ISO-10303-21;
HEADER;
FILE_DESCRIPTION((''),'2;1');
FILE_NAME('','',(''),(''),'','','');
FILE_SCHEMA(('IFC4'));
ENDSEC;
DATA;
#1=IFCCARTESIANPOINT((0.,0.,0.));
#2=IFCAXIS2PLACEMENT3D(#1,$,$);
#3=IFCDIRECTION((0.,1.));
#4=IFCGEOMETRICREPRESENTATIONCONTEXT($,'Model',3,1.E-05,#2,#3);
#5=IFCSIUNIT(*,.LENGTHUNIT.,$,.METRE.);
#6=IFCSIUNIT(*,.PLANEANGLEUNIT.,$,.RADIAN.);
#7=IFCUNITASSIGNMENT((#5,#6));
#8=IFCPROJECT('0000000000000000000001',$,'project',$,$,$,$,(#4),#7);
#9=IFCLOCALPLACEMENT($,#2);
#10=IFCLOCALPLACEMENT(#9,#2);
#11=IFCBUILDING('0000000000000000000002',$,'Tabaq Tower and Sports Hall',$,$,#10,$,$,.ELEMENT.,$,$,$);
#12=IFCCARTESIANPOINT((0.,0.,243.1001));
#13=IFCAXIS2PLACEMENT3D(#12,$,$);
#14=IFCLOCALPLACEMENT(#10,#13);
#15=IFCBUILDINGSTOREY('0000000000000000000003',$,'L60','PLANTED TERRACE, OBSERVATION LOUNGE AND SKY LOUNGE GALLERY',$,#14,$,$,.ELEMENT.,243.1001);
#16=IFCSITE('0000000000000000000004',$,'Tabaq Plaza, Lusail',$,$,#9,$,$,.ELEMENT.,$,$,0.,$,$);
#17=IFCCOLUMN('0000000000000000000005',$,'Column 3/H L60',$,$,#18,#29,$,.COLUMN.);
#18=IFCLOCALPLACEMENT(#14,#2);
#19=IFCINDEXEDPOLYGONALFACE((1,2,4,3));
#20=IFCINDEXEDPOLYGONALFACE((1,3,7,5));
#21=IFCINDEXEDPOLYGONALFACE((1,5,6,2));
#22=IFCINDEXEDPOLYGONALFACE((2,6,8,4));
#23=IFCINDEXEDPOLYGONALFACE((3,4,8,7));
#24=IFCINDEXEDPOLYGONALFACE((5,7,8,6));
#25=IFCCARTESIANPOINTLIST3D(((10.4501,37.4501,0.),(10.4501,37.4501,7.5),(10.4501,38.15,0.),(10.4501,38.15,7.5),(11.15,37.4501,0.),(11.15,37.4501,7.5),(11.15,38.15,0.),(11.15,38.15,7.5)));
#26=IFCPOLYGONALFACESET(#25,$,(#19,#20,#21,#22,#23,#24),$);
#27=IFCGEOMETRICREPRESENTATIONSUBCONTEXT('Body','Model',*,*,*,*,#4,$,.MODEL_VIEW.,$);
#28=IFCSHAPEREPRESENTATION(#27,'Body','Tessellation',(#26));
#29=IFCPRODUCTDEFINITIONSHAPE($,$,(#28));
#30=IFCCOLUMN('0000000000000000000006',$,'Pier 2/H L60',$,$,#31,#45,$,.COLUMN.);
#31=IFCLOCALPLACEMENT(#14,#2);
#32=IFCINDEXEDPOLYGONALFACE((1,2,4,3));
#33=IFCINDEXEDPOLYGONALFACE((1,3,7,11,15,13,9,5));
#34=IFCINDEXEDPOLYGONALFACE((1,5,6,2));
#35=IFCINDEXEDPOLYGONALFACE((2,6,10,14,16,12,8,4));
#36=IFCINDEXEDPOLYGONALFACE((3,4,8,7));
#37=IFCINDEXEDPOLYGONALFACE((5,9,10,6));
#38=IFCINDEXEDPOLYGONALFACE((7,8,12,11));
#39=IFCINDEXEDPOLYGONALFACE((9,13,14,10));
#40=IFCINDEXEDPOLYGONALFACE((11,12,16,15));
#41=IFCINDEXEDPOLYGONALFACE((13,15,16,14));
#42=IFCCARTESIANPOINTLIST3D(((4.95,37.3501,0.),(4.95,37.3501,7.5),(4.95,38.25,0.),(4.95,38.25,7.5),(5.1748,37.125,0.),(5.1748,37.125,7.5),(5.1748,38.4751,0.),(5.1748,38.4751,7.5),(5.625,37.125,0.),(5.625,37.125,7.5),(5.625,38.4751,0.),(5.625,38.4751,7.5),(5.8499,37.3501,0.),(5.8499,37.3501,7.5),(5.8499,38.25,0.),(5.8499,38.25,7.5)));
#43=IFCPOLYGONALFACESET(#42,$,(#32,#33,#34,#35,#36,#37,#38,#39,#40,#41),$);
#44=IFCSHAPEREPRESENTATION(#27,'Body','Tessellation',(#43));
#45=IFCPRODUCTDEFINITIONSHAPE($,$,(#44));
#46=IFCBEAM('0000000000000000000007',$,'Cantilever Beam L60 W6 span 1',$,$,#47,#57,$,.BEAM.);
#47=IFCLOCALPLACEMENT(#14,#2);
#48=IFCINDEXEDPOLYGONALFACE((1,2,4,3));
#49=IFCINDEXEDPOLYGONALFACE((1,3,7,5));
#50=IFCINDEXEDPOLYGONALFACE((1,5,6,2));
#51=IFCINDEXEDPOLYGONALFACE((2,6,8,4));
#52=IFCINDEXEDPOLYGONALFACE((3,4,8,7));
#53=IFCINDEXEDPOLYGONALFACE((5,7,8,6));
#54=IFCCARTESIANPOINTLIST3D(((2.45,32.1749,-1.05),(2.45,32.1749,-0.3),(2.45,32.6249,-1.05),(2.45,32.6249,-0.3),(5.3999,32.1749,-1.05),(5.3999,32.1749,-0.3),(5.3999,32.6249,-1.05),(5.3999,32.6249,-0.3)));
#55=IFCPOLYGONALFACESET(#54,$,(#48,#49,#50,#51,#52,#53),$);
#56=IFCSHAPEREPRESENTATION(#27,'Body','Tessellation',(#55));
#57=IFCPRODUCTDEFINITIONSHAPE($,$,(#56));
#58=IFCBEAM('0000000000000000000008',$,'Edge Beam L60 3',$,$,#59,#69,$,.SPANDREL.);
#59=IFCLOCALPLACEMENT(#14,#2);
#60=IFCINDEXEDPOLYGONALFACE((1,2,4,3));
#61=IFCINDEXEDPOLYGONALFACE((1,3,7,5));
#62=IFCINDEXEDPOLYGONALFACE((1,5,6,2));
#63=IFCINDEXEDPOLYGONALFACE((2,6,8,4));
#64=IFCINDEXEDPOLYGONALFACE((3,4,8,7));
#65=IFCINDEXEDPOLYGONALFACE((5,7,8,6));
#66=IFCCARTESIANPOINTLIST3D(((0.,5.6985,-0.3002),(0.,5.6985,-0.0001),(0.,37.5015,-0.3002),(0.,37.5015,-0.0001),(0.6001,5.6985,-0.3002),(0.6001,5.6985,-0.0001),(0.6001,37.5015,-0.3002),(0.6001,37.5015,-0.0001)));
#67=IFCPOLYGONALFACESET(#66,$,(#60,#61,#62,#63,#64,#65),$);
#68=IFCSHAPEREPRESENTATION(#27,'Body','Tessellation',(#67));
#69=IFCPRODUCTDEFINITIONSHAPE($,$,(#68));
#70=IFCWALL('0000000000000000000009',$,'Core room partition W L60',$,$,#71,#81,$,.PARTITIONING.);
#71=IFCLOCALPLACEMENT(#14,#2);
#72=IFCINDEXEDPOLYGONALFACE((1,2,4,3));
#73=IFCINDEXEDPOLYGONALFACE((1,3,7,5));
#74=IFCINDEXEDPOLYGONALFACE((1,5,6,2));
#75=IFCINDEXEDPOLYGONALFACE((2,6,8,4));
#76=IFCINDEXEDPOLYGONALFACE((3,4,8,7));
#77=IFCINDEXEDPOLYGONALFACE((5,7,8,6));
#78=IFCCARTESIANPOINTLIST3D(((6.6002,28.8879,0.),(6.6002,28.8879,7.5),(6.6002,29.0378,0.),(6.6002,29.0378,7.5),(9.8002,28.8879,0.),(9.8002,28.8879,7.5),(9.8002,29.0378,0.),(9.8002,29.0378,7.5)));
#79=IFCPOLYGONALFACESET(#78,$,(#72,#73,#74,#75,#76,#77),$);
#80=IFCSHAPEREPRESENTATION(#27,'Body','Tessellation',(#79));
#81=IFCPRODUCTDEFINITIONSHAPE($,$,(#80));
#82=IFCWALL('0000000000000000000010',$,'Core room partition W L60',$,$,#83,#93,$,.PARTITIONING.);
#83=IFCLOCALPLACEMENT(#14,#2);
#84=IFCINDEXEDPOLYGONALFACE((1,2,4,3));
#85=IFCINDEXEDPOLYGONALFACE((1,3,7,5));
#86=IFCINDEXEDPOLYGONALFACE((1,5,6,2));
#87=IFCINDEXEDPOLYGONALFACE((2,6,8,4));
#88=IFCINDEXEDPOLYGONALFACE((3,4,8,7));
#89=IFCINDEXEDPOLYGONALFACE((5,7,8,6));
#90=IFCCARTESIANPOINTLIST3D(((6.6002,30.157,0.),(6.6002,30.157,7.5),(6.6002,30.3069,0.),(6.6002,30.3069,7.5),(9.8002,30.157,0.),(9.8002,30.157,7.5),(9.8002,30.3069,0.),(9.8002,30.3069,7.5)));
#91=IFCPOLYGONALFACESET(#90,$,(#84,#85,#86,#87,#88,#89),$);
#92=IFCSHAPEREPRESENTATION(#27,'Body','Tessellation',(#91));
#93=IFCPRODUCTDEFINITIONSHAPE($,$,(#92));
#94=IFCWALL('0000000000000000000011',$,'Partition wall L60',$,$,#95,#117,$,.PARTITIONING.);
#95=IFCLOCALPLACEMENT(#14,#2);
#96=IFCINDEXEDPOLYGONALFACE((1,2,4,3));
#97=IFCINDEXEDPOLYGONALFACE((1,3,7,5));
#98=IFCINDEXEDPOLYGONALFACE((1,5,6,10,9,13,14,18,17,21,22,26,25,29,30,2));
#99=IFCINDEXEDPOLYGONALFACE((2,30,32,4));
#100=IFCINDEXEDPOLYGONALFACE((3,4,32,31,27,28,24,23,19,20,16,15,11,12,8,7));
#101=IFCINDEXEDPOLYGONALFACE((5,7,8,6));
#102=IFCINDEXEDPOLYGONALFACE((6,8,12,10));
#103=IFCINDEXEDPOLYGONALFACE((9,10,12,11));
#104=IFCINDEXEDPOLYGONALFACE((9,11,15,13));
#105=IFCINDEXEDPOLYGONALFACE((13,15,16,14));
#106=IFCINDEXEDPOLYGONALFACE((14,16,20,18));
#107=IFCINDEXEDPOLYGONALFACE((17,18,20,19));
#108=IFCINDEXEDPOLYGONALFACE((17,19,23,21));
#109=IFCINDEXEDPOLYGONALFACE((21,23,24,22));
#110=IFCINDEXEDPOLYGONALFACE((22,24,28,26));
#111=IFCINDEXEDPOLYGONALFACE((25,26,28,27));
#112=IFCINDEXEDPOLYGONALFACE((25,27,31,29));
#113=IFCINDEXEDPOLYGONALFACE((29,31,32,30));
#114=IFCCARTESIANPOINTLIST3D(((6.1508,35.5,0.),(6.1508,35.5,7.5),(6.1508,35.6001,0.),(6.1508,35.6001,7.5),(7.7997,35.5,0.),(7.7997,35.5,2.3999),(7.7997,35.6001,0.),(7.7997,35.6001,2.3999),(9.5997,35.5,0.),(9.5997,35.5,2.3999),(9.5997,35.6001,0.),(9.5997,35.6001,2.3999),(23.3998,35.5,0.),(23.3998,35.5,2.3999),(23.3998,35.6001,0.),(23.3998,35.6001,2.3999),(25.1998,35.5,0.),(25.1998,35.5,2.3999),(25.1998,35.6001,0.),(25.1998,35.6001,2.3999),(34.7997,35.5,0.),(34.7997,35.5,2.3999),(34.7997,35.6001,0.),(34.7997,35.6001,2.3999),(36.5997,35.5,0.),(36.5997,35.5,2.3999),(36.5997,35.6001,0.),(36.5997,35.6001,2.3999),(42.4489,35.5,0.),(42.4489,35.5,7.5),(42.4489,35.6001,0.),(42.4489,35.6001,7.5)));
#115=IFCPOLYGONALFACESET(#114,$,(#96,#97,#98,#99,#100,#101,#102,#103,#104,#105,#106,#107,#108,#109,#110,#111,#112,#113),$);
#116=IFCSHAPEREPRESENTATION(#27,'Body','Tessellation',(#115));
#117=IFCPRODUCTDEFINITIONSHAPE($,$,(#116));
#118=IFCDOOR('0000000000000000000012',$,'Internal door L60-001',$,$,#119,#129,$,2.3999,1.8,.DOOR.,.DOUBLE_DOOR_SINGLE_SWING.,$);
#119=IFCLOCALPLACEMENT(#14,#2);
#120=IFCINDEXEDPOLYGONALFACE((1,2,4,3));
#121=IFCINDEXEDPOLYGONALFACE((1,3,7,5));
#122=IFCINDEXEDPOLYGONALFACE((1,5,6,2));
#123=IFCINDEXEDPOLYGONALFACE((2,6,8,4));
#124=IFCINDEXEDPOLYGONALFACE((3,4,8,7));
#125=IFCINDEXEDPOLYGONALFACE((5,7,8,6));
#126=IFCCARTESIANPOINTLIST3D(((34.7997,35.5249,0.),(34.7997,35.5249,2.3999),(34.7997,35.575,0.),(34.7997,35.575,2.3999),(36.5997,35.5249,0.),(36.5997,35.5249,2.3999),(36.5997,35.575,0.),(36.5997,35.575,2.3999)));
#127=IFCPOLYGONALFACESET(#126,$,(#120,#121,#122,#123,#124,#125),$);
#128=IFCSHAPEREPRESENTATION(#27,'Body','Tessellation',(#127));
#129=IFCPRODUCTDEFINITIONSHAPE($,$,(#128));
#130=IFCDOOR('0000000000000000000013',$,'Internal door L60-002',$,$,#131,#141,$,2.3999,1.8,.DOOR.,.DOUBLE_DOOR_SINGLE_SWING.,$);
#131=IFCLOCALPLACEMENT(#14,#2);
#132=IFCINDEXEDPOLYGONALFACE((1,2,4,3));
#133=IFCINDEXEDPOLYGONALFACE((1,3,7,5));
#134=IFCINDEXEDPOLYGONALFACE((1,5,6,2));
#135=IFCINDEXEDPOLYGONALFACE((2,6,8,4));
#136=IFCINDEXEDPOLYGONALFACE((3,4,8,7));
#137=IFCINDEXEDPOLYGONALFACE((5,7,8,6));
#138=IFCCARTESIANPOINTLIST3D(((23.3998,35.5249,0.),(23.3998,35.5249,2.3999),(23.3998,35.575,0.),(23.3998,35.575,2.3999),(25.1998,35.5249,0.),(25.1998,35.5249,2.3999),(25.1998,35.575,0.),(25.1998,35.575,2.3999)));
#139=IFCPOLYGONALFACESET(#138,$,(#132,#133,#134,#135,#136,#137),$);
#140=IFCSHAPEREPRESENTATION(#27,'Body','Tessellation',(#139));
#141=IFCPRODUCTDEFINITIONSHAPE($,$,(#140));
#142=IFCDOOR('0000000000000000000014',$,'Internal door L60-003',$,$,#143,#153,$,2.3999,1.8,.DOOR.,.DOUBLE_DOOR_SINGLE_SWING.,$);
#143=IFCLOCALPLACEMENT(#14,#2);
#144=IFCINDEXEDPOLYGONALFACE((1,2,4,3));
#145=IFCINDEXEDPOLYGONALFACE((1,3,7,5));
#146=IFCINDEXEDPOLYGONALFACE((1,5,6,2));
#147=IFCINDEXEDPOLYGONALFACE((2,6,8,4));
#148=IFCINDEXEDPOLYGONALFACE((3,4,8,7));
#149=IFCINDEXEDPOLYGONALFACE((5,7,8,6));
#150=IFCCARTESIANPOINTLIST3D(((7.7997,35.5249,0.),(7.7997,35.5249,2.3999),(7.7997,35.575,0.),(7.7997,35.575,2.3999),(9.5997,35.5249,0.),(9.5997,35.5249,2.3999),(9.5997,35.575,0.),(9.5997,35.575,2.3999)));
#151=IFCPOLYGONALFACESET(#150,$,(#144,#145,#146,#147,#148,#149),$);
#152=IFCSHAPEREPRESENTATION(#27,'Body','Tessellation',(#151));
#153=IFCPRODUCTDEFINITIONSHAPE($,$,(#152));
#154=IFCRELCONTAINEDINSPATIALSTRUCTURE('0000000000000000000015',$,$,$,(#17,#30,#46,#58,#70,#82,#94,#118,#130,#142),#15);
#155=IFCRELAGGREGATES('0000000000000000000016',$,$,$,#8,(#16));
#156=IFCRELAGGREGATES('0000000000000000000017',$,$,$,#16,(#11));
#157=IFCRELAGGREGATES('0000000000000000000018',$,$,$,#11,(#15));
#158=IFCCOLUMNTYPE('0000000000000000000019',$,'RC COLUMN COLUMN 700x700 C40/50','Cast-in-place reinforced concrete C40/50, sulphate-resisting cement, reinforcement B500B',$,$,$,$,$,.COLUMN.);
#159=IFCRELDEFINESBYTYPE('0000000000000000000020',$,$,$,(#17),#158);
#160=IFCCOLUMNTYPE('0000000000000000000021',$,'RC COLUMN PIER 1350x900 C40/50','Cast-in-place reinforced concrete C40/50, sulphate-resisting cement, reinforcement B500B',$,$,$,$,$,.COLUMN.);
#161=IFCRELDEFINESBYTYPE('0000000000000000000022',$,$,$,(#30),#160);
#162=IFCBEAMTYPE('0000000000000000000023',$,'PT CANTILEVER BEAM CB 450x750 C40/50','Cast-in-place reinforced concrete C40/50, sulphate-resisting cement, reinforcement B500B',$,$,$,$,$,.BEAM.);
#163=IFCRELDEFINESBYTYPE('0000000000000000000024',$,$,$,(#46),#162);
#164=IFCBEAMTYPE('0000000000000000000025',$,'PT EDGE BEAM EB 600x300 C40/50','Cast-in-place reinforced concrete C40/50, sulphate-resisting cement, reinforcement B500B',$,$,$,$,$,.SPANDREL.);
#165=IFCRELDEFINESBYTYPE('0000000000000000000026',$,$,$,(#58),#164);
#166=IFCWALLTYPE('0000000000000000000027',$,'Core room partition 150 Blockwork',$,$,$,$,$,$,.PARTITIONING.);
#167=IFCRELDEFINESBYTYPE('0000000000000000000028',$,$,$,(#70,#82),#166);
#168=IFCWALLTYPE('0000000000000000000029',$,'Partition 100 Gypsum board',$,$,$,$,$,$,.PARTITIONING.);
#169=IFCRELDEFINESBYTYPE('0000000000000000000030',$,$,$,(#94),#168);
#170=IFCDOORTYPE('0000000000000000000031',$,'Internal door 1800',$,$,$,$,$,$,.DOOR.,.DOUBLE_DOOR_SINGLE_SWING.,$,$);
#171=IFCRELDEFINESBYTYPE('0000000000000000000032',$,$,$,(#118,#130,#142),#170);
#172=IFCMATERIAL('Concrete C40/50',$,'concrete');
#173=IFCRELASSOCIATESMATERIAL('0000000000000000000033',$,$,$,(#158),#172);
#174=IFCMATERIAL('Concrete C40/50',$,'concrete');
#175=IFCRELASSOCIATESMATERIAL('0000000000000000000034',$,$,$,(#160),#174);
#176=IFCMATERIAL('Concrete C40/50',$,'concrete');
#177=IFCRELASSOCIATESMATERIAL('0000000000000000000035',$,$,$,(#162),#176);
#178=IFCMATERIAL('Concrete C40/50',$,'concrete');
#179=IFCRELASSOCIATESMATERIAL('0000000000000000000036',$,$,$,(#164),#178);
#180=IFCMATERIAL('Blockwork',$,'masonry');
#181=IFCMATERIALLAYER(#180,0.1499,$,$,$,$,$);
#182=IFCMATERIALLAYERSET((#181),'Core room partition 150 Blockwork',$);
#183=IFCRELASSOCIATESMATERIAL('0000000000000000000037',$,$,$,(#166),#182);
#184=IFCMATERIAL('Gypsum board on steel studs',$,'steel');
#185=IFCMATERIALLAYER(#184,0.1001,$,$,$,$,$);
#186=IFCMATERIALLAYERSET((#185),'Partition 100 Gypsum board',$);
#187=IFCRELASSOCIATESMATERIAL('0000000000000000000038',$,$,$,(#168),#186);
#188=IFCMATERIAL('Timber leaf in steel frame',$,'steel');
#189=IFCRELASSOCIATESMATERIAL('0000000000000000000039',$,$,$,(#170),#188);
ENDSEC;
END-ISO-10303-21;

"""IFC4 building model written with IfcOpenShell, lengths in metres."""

from ifc_helpers import new_model, si_unit, direction, frame, frame_2d, origin, origin_2d, place, context, subcontext, project, spatial, polyline, rectangle, outline, extrude, material, layer, layer_set, material_profile, profile_set, type_object, element, fill, save


model = new_model("IFC4")

# Units and contexts
model_context = context("Model", 3, precision=1e-05, world=origin(), true_north=direction((0.0, 1.0)))
body_context = subcontext(model_context, "Body", "Model", "MODEL_VIEW")
ifc_project = project(units=[si_unit("LENGTHUNIT", "METRE"), si_unit("PLANEANGLEUNIT", "RADIAN")], contexts=[model_context])

# Site, building, storey
site_placement = place(None, origin())
site = spatial("IfcSite", under=ifc_project, at=site_placement, Name="Tabaq Plaza, Lusail", CompositionType="ELEMENT", RefElevation=0.0)
building_placement = place(site_placement, origin())
building = spatial("IfcBuilding", under=site, at=building_placement, Name="Tabaq Tower and Sports Hall", CompositionType="ELEMENT")
storey_placement = place(building_placement, frame((0.0, 0.0, 243.1001)))
storey = spatial("IfcBuildingStorey", under=building, at=storey_placement, Name="L60", Description="PLANTED TERRACE, OBSERVATION LOUNGE AND SKY LOUNGE GALLERY", CompositionType="ELEMENT", Elevation=243.1001)

# Columns
ifc_material_1 = material(Name="Concrete C40/50", Category="concrete")
ifc_material_profile_1 = material_profile(ifc_material_1, rectangle(XDim=0.7, YDim=0.7, at=origin_2d()), Name="COLUMN 700x700")
ifc_profile_set_1 = profile_set([ifc_material_profile_1], Name="Concrete C40/50")
column_type_1 = type_object("IfcColumnType", Name="RC COLUMN COLUMN 700x700 C40/50", Description="Cast-in-place reinforced concrete C40/50, sulphate-resisting cement, reinforcement B500B", PredefinedType="COLUMN", material=ifc_profile_set_1)
column_1_placement = place(storey_placement, frame((10.8, 37.8, 0.0), z_axis=(0.0, 0.0, 1.0), x_axis=(1.0, 0.0, 0.0)))
element("IfcColumn", 1, at=column_1_placement, inside=storey, type_object=column_type_1, Name="Column 3/H L60", PredefinedType="COLUMN", context=body_context, shape_type="SweptSolid", body=[
    extrude(rectangle(XDim=0.7, YDim=0.7, at=origin_2d()), origin(), (0.0, 0.0, 1.0), 7.5),
])
ifc_material_2 = material(Name="Concrete C40/50", Category="concrete")
ifc_material_profile_2 = material_profile(ifc_material_2, outline(polyline([(-0.45, -0.45), (0.45, -0.45), (0.675, -0.2251), (0.675, 0.2251), (0.45, 0.45), (-0.45, 0.45), (-0.675, 0.2251), (-0.675, -0.2251), (-0.45, -0.45)])), Name="PIER 1350x900")
ifc_profile_set_2 = profile_set([ifc_material_profile_2], Name="Concrete C40/50")
column_type_2 = type_object("IfcColumnType", Name="RC COLUMN PIER 1350x900 C40/50", Description="Cast-in-place reinforced concrete C40/50, sulphate-resisting cement, reinforcement B500B", PredefinedType="COLUMN", material=ifc_profile_set_2)
column_2_placement = place(storey_placement, frame((5.3999, 37.8, 0.0), z_axis=(0.0, 0.0, 1.0), x_axis=(0.0, 1.0, 0.0)))
element("IfcColumn", 2, at=column_2_placement, inside=storey, type_object=column_type_2, Name="Pier 2/H L60", PredefinedType="COLUMN", context=body_context, shape_type="SweptSolid", body=[
    extrude(outline(polyline([(-0.45, -0.45), (0.45, -0.45), (0.675, -0.2251), (0.675, 0.2251), (0.45, 0.45), (-0.45, 0.45), (-0.675, 0.2251), (-0.675, -0.2251), (-0.45, -0.45)])), origin(), (0.0, 0.0, 1.0), 7.5),
])

# Beams
ifc_material_3 = material(Name="Concrete C40/50", Category="concrete")
ifc_material_profile_3 = material_profile(ifc_material_3, rectangle(XDim=0.45, YDim=0.75, at=origin_2d()), Name="CB 450x750")
ifc_profile_set_3 = profile_set([ifc_material_profile_3], Name="Concrete C40/50")
beam_type_1 = type_object("IfcBeamType", Name="PT CANTILEVER BEAM CB 450x750 C40/50", Description="Cast-in-place reinforced concrete C40/50, sulphate-resisting cement, reinforcement B500B", PredefinedType="BEAM", material=ifc_profile_set_3)
beam_1_placement = place(storey_placement, frame((2.45, 32.3999, -0.675), z_axis=(1.0, 0.0, 0.0), x_axis=(0.0, 1.0, 0.0)))
element("IfcBeam", 3, at=beam_1_placement, inside=storey, type_object=beam_type_1, Name="Cantilever Beam L60 W6 span 1", PredefinedType="BEAM", context=body_context, shape_type="SweptSolid", body=[
    extrude(rectangle(XDim=0.45, YDim=0.75, at=origin_2d()), origin(), (0.0, 0.0, 1.0), 2.95),
])
ifc_material_4 = material(Name="Concrete C40/50", Category="concrete")
ifc_material_profile_4 = material_profile(ifc_material_4, rectangle(XDim=0.6001, YDim=0.3, at=origin_2d()), Name="EB 600x300")
ifc_profile_set_4 = profile_set([ifc_material_profile_4], Name="Concrete C40/50")
beam_type_2 = type_object("IfcBeamType", Name="PT EDGE BEAM EB 600x300 C40/50", Description="Cast-in-place reinforced concrete C40/50, sulphate-resisting cement, reinforcement B500B", PredefinedType="SPANDREL", material=ifc_profile_set_4)
beam_2_placement = place(storey_placement, frame((0.3, 37.5015, -0.1501), z_axis=(0.0, -1.0, 0.0), x_axis=(1.0, 0.0, 0.0)))
element("IfcBeam", 4, at=beam_2_placement, inside=storey, type_object=beam_type_2, Name="Edge Beam L60 3", PredefinedType="SPANDREL", context=body_context, shape_type="SweptSolid", body=[
    extrude(rectangle(XDim=0.6001, YDim=0.3, at=origin_2d()), origin(), (0.0, 0.0, 1.0), 31.803),
])

# Walls
ifc_material_5 = material(Name="Blockwork", Category="masonry")
ifc_layer_1 = layer(ifc_material_5, 0.1499)
ifc_layer_set_1 = layer_set([ifc_layer_1], Name="Core room partition 150 Blockwork")
wall_type_1 = type_object("IfcWallType", Name="Core room partition 150 Blockwork", PredefinedType="PARTITIONING", material=ifc_layer_set_1)
for number, where, z_axis, x_axis, name in (
    (5, (6.6001, 28.9629, 0.0), (0.0, 0.0, 1.0), (1.0, 0.0, 0.0), "Core room partition W L60"),
    (6, (6.6001, 30.2319, 0.0), (0.0, 0.0, 1.0), (1.0, 0.0, 0.0), "Core room partition W L60"),
):
    element("IfcWall", number, at=place(storey_placement, frame(where, z_axis=z_axis, x_axis=x_axis)), inside=storey, type_object=wall_type_1, Name=name, PredefinedType="PARTITIONING", context=body_context, shape_type="SweptSolid", body=[
        extrude(rectangle(XDim=3.2, YDim=0.1499, at=frame_2d((1.6001, 0.0))), origin(), (0.0, 0.0, 1.0), 7.5),
    ])

# Wall, openings, doors
ifc_material_6 = material(Name="Gypsum board on steel studs", Category="steel")
ifc_layer_2 = layer(ifc_material_6, 0.1001)
ifc_layer_set_2 = layer_set([ifc_layer_2], Name="Partition 100 Gypsum board")
wall_type_2 = type_object("IfcWallType", Name="Partition 100 Gypsum board", PredefinedType="PARTITIONING", material=ifc_layer_set_2)
wall_1_placement = place(storey_placement, frame((6.1509, 35.55, 0.0), z_axis=(0.0, 0.0, 1.0), x_axis=(1.0, 0.0, 0.0)))
wall_1 = element("IfcWall", 7, at=wall_1_placement, inside=storey, type_object=wall_type_2, Name="Partition wall L60", PredefinedType="PARTITIONING", context=body_context, shape_type="SweptSolid", body=[
    extrude(rectangle(XDim=36.2981, YDim=0.1001, at=frame_2d((18.1489, 0.0))), origin(), (0.0, 0.0, 1.0), 7.5),
])
opening_1_placement = place(wall_1_placement, frame((28.6489, 0.0, 0.0)))
opening_1 = element("IfcOpeningElement", 8, at=opening_1_placement, cuts=wall_1, PredefinedType="OPENING", context=body_context, shape_type="SweptSolid", body=[
    extrude(rectangle(XDim=1.8, YDim=2.3999, at=frame_2d((0.8999, 1.2))), frame((0.0, 0.05, 0.0), z_axis=(0.0, -1.0, 0.0), x_axis=(1.0, 0.0, 0.0)), (0.0, 0.0, 1.0), 0.1001),
])
opening_2_placement = place(wall_1_placement, frame((17.249, 0.0, 0.0)))
opening_2 = element("IfcOpeningElement", 9, at=opening_2_placement, cuts=wall_1, PredefinedType="OPENING", context=body_context, shape_type="SweptSolid", body=[
    extrude(rectangle(XDim=1.8, YDim=2.3999, at=frame_2d((0.8999, 1.2))), frame((0.0, 0.05, 0.0), z_axis=(0.0, -1.0, 0.0), x_axis=(1.0, 0.0, 0.0)), (0.0, 0.0, 1.0), 0.1001),
])
opening_3_placement = place(wall_1_placement, frame((1.6489, 0.0, 0.0)))
opening_3 = element("IfcOpeningElement", 10, at=opening_3_placement, cuts=wall_1, PredefinedType="OPENING", context=body_context, shape_type="SweptSolid", body=[
    extrude(rectangle(XDim=1.8, YDim=2.3999, at=frame_2d((0.8999, 1.2))), frame((0.0, 0.05, 0.0), z_axis=(0.0, -1.0, 0.0), x_axis=(1.0, 0.0, 0.0)), (0.0, 0.0, 1.0), 0.1001),
])
ifc_material_7 = material(Name="Timber leaf in steel frame", Category="steel")
door_type_1 = type_object("IfcDoorType", Name="Internal door 1800", OperationType="DOUBLE_DOOR_SINGLE_SWING", PredefinedType="DOOR", material=ifc_material_7)
door_1_placement = place(opening_1_placement, origin())
door_1 = element("IfcDoor", 11, at=door_1_placement, inside=storey, type_object=door_type_1, Name="Internal door L60-001", OperationType="DOUBLE_DOOR_SINGLE_SWING", OverallHeight=2.3999, OverallWidth=1.8, PredefinedType="DOOR", context=body_context, shape_type="SweptSolid", body=[
    extrude(rectangle(XDim=1.8, YDim=2.3999, at=frame_2d((0.8999, 1.2))), frame((0.0, 0.0249, 0.0), z_axis=(0.0, -1.0, 0.0), x_axis=(1.0, 0.0, 0.0)), (0.0, 0.0, 1.0), 0.05),
])
fill(opening_1, door_1)
door_2_placement = place(opening_2_placement, origin())
door_2 = element("IfcDoor", 12, at=door_2_placement, inside=storey, type_object=door_type_1, Name="Internal door L60-002", OperationType="DOUBLE_DOOR_SINGLE_SWING", OverallHeight=2.3999, OverallWidth=1.8, PredefinedType="DOOR", context=body_context, shape_type="SweptSolid", body=[
    extrude(rectangle(XDim=1.8, YDim=2.3999, at=frame_2d((0.8999, 1.2))), frame((0.0, 0.0249, 0.0), z_axis=(0.0, -1.0, 0.0), x_axis=(1.0, 0.0, 0.0)), (0.0, 0.0, 1.0), 0.05),
])
fill(opening_2, door_2)
door_3_placement = place(opening_3_placement, origin())
door_3 = element("IfcDoor", 13, at=door_3_placement, inside=storey, type_object=door_type_1, Name="Internal door L60-003", OperationType="DOUBLE_DOOR_SINGLE_SWING", OverallHeight=2.3999, OverallWidth=1.8, PredefinedType="DOOR", context=body_context, shape_type="SweptSolid", body=[
    extrude(rectangle(XDim=1.8, YDim=2.3999, at=frame_2d((0.8999, 1.2))), frame((0.0, 0.0249, 0.0), z_axis=(0.0, -1.0, 0.0), x_axis=(1.0, 0.0, 0.0)), (0.0, 0.0, 1.0), 0.05),
])
fill(opening_3, door_3)

save(model, "model.ifc")
